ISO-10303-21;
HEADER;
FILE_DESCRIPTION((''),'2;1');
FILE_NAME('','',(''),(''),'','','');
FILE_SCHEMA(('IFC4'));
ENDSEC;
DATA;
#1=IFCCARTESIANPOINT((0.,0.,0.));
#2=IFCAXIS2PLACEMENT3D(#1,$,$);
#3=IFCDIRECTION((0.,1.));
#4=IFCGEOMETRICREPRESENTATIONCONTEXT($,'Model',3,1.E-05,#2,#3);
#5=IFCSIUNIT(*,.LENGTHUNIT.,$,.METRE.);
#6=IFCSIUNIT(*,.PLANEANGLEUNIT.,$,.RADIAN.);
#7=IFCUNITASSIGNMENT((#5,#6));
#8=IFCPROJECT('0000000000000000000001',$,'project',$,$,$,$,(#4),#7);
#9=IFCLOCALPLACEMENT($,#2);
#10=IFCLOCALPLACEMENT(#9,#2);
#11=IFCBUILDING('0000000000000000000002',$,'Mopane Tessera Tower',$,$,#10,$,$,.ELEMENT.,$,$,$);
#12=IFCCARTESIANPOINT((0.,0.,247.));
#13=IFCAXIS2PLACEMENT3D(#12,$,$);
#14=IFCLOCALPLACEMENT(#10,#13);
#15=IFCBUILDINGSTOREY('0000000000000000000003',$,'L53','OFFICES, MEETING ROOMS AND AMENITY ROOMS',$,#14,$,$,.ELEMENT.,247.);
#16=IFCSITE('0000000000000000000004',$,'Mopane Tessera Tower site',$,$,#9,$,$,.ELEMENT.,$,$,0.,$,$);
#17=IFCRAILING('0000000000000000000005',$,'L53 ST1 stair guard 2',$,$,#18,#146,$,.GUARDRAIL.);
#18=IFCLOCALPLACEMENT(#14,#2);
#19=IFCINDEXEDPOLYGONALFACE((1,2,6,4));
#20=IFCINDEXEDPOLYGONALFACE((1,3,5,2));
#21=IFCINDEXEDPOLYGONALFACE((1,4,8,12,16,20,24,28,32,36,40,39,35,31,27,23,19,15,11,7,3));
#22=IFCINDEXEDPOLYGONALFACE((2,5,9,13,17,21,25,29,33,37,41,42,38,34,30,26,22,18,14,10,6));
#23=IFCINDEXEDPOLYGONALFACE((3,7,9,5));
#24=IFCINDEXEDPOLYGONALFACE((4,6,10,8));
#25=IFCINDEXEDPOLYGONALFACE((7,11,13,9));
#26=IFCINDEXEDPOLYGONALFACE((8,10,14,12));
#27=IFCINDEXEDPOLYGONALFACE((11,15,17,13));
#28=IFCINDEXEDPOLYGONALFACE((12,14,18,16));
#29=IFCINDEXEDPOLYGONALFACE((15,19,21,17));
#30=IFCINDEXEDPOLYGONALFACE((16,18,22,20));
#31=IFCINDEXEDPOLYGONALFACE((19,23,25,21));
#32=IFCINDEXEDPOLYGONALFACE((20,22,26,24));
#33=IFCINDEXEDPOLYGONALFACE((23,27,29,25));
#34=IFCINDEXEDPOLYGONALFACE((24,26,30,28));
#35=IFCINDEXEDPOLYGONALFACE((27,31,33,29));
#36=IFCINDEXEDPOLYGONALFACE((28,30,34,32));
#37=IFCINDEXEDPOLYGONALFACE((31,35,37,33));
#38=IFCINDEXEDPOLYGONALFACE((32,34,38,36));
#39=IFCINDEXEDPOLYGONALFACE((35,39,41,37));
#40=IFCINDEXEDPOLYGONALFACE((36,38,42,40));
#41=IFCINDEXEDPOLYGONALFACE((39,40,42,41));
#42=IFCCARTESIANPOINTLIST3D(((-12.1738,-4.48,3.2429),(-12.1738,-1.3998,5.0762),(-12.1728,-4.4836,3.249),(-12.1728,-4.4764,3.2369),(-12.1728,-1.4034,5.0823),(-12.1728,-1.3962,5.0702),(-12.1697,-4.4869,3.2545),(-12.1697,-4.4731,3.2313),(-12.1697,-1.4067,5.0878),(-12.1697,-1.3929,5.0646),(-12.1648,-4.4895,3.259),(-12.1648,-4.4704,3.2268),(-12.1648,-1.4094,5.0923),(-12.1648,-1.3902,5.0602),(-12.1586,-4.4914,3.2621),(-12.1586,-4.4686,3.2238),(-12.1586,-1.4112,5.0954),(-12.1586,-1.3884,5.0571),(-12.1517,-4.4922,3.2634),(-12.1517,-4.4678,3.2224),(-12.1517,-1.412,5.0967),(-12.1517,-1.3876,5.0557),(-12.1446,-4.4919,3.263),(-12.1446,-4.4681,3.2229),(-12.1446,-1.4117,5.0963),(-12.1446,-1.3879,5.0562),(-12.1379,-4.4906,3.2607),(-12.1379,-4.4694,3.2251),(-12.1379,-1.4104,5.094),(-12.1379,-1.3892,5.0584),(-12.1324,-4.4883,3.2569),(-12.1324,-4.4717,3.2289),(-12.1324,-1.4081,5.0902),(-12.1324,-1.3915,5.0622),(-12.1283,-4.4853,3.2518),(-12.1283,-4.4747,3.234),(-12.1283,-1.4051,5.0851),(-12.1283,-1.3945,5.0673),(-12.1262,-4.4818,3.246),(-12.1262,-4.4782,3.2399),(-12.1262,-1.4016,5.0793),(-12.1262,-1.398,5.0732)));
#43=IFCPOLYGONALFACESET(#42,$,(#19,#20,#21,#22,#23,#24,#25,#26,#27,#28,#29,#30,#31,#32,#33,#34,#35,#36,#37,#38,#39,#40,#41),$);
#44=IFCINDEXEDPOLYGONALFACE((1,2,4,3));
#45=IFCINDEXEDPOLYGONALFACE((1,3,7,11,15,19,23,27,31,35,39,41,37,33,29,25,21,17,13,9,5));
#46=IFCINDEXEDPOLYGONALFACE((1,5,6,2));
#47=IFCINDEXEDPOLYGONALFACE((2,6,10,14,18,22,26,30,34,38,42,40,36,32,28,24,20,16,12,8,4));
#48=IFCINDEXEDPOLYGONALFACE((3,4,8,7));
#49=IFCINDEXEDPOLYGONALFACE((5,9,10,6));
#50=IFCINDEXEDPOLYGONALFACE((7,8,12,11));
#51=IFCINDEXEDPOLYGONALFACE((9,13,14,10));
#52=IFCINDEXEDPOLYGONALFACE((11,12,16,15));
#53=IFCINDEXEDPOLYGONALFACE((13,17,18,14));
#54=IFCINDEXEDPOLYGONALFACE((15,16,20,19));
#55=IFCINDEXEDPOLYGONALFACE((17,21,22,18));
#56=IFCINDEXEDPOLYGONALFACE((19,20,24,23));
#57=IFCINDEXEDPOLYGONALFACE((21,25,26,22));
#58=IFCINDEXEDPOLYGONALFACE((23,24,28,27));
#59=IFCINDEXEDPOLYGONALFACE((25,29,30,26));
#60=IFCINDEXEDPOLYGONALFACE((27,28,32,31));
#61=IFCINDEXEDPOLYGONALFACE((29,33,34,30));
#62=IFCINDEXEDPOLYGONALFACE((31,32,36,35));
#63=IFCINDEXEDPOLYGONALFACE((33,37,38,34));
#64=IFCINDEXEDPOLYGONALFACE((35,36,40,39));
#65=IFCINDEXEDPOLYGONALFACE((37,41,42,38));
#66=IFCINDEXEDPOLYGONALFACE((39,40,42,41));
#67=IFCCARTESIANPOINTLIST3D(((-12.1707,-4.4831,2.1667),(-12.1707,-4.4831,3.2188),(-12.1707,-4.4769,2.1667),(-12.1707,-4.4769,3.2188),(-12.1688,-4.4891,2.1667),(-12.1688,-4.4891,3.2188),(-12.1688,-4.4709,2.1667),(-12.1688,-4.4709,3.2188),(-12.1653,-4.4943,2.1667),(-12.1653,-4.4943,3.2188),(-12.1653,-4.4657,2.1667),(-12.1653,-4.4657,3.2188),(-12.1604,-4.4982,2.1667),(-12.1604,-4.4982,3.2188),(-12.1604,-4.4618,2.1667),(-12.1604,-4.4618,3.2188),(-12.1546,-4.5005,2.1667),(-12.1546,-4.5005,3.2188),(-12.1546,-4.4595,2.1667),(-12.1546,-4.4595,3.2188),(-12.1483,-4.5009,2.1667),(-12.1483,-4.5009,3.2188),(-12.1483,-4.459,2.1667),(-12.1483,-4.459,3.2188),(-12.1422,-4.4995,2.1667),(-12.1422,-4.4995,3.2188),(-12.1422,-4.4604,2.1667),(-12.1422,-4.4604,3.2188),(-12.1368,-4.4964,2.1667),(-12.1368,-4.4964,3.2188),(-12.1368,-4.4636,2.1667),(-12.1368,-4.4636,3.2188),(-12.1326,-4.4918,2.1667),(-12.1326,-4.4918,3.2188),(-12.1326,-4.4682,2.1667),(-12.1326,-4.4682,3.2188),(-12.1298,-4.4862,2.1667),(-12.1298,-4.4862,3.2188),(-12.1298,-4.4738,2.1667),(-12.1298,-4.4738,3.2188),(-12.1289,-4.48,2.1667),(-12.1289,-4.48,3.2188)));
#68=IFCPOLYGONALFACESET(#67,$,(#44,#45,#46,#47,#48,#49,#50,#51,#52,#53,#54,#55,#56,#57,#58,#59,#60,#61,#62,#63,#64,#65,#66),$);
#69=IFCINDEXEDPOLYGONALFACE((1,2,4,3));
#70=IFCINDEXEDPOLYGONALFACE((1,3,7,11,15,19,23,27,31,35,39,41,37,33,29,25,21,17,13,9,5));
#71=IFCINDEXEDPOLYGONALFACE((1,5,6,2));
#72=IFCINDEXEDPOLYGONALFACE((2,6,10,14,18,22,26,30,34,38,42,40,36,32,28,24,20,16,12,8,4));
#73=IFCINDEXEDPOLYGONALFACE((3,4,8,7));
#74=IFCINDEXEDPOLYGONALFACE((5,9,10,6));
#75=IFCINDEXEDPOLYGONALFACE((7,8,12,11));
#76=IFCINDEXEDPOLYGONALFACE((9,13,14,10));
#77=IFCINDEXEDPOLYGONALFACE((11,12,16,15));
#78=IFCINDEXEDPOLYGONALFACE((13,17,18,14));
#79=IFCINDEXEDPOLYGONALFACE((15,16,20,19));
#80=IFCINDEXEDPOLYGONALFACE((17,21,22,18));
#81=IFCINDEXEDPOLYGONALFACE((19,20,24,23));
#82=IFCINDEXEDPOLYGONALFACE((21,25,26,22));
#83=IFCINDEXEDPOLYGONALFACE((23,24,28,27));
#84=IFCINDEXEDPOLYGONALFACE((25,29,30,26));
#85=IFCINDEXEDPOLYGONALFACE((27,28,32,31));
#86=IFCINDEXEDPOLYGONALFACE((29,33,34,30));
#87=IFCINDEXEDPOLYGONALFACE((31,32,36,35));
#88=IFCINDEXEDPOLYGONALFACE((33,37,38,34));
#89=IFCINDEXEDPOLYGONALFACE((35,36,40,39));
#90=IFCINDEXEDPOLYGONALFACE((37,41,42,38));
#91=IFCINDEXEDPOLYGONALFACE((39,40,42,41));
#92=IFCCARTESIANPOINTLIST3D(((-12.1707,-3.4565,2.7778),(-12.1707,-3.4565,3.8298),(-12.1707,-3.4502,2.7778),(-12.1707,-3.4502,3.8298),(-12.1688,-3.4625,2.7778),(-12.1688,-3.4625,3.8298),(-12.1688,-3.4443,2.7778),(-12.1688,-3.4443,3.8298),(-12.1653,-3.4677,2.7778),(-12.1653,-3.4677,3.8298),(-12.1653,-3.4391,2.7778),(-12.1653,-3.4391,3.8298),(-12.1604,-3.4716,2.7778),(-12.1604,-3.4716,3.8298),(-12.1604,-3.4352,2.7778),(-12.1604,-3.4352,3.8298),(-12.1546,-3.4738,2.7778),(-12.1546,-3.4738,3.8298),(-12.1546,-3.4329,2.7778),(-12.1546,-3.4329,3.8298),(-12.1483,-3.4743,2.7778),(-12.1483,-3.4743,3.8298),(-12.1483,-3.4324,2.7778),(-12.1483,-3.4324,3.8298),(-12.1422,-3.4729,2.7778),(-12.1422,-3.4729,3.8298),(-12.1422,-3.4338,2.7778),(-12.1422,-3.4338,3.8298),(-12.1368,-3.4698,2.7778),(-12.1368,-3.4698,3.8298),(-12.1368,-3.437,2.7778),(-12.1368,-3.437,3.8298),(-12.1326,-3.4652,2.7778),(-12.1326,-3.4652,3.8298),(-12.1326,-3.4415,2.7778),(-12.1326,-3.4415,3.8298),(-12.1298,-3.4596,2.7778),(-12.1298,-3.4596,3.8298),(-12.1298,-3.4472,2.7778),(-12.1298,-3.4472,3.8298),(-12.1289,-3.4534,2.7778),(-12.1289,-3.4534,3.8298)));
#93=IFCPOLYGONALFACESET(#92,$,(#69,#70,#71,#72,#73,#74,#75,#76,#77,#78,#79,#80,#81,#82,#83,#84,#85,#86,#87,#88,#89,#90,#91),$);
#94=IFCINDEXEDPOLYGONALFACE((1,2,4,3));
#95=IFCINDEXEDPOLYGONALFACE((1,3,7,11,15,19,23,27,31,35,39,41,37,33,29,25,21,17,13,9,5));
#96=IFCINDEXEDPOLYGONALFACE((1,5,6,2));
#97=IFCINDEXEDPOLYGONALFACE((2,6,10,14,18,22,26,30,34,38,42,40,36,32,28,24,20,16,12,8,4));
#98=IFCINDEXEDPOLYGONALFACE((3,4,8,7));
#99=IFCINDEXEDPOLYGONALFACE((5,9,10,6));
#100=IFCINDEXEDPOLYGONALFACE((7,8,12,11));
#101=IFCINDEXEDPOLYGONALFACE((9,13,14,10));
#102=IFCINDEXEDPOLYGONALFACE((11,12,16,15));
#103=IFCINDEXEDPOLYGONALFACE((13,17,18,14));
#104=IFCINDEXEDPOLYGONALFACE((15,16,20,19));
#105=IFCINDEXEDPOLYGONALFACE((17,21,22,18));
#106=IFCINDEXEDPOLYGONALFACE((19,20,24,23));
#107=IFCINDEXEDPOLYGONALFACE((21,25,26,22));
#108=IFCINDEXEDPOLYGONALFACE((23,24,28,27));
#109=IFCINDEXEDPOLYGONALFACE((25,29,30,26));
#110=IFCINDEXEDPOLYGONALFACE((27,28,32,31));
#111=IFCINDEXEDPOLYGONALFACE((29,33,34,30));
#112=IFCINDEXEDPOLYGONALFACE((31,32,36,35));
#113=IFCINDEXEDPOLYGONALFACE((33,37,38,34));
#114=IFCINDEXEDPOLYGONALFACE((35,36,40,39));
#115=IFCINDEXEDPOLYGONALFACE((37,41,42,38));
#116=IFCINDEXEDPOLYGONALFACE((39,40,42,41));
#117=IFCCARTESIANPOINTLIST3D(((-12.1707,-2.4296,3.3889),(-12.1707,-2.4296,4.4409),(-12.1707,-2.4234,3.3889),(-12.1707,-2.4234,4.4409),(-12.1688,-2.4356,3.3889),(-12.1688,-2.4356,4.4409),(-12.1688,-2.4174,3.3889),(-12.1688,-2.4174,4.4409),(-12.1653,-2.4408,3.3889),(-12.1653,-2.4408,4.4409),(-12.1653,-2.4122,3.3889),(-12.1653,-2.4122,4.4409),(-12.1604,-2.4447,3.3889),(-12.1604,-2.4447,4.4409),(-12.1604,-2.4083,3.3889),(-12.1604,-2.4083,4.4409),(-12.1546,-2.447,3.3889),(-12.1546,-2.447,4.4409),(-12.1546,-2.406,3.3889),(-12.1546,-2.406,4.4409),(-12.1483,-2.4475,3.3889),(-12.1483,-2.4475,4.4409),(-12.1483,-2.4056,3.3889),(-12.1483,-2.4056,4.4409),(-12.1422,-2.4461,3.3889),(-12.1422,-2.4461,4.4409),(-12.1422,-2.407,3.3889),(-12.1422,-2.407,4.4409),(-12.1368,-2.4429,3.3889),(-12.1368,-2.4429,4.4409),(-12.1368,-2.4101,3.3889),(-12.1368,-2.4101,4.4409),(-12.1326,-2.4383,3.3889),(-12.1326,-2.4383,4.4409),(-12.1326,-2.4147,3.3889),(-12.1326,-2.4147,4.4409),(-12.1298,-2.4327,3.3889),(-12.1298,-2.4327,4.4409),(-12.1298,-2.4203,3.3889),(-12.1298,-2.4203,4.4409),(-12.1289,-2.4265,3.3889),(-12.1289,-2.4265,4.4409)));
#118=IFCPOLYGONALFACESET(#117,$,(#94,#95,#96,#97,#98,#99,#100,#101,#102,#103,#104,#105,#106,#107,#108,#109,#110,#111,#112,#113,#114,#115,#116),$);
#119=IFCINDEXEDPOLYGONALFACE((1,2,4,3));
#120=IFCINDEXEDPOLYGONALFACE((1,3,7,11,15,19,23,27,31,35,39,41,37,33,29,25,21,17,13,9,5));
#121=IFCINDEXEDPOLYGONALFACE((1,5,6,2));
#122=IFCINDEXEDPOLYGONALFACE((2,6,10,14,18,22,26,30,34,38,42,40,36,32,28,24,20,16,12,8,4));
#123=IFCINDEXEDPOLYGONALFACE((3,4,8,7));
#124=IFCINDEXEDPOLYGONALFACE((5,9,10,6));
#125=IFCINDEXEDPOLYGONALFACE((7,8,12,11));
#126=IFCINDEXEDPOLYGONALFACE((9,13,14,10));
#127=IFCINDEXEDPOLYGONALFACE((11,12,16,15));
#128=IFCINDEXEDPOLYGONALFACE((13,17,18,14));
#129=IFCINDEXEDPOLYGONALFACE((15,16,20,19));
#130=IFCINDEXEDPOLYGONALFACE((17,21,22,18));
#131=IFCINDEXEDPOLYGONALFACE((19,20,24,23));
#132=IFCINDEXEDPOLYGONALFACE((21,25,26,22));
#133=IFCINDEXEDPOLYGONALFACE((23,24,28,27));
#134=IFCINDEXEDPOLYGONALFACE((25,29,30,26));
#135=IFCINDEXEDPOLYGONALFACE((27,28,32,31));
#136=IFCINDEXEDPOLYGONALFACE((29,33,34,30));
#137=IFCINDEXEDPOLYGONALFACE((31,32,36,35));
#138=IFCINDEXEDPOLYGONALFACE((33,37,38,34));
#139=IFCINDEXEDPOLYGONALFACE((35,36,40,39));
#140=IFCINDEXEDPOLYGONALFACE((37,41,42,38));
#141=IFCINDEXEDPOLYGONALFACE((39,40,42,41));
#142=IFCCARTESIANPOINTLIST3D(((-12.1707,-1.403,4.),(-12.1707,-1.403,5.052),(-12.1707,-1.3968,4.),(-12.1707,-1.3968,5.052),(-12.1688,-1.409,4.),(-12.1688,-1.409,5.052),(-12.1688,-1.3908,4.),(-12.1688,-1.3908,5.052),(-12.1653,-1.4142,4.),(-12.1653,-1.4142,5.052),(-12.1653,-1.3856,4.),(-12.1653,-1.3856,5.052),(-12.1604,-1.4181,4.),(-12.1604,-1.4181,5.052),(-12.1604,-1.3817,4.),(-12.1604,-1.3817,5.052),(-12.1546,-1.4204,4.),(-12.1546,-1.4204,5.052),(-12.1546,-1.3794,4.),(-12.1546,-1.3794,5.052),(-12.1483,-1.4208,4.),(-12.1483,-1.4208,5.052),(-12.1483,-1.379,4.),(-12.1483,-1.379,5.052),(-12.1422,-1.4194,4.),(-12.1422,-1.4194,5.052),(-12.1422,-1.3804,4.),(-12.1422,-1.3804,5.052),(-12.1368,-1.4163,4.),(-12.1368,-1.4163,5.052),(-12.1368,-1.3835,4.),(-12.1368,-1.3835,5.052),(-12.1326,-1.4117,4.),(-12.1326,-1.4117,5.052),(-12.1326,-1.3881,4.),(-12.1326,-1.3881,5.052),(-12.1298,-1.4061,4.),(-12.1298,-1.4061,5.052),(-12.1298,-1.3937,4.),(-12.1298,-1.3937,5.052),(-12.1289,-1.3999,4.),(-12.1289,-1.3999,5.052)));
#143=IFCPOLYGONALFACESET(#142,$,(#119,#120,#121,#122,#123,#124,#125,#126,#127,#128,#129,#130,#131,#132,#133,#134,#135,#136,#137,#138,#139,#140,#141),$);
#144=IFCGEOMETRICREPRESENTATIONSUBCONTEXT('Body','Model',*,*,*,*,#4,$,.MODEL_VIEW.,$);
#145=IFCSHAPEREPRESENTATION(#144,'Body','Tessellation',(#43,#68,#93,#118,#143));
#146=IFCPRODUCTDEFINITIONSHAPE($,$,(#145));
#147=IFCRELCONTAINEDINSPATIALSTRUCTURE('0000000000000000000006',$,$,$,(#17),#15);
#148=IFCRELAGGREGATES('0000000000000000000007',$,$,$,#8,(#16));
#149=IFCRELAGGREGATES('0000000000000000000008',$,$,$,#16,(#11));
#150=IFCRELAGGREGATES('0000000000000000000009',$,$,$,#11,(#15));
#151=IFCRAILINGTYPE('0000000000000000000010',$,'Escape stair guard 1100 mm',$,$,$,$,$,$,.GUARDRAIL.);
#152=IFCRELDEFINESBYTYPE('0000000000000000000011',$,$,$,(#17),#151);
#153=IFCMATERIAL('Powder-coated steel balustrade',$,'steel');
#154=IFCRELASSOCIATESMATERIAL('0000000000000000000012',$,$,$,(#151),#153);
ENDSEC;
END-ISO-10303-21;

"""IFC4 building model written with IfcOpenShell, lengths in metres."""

from ifc_helpers import new_model, si_unit, direction, frame, origin, origin_2d, place, context, subcontext, project, spatial, circle, extrude, material, type_object, element, save


model = new_model("IFC4")

# Units and contexts
model_context = context("Model", 3, precision=1e-05, world=origin(), true_north=direction((0.0, 1.0)))
body_context = subcontext(model_context, "Body", "Model", "MODEL_VIEW")
ifc_project = project(units=[si_unit("LENGTHUNIT", "METRE"), si_unit("PLANEANGLEUNIT", "RADIAN")], contexts=[model_context])

# Site, building, storey
site_placement = place(None, origin())
site = spatial("IfcSite", under=ifc_project, at=site_placement, Name="Mopane Tessera Tower site", CompositionType="ELEMENT", RefElevation=0.0)
building_placement = place(site_placement, origin())
building = spatial("IfcBuilding", under=site, at=building_placement, Name="Mopane Tessera Tower", CompositionType="ELEMENT")
storey_placement = place(building_placement, frame((0.0, 0.0, 247.0)))
storey = spatial("IfcBuildingStorey", under=building, at=storey_placement, Name="L53", Description="OFFICES, MEETING ROOMS AND AMENITY ROOMS", CompositionType="ELEMENT", Elevation=247.0)

# Railing
ifc_material_1 = material(Name="Powder-coated steel balustrade", Category="steel")
railing_type_1 = type_object("IfcRailingType", Name="Escape stair guard 1100 mm", PredefinedType="GUARDRAIL", material=ifc_material_1)
railing_1_placement = place(storey_placement, frame((-12.1499, -4.48, 2.1667)))
element("IfcRailing", 1, at=railing_1_placement, inside=storey, type_object=railing_type_1, Name="L53 ST1 stair guard 2", PredefinedType="GUARDRAIL", context=body_context, shape_type="SweptSolid", body=[
    extrude(circle(Radius=0.0239, at=origin_2d()), frame((0.0, 0.0, 1.0762), z_axis=(0.0, 0.859309, 0.511458), x_axis=(-1.0, 0.0, 0.0)), (0.0, 0.0, 1.0), 3.5845),
    extrude(circle(Radius=0.021, at=origin_2d()), origin(), (0.0, 0.0, 1.0), 1.052),
    extrude(circle(Radius=0.021, at=origin_2d()), frame((0.0, 1.0266, 0.6111)), (0.0, 0.0, 1.0), 1.052),
    extrude(circle(Radius=0.021, at=origin_2d()), frame((0.0, 2.0535, 1.2222)), (0.0, 0.0, 1.0), 1.052),
    extrude(circle(Radius=0.021, at=origin_2d()), frame((0.0, 3.0801, 1.8333)), (0.0, 0.0, 1.0), 1.052),
])

save(model, "model.ifc")
